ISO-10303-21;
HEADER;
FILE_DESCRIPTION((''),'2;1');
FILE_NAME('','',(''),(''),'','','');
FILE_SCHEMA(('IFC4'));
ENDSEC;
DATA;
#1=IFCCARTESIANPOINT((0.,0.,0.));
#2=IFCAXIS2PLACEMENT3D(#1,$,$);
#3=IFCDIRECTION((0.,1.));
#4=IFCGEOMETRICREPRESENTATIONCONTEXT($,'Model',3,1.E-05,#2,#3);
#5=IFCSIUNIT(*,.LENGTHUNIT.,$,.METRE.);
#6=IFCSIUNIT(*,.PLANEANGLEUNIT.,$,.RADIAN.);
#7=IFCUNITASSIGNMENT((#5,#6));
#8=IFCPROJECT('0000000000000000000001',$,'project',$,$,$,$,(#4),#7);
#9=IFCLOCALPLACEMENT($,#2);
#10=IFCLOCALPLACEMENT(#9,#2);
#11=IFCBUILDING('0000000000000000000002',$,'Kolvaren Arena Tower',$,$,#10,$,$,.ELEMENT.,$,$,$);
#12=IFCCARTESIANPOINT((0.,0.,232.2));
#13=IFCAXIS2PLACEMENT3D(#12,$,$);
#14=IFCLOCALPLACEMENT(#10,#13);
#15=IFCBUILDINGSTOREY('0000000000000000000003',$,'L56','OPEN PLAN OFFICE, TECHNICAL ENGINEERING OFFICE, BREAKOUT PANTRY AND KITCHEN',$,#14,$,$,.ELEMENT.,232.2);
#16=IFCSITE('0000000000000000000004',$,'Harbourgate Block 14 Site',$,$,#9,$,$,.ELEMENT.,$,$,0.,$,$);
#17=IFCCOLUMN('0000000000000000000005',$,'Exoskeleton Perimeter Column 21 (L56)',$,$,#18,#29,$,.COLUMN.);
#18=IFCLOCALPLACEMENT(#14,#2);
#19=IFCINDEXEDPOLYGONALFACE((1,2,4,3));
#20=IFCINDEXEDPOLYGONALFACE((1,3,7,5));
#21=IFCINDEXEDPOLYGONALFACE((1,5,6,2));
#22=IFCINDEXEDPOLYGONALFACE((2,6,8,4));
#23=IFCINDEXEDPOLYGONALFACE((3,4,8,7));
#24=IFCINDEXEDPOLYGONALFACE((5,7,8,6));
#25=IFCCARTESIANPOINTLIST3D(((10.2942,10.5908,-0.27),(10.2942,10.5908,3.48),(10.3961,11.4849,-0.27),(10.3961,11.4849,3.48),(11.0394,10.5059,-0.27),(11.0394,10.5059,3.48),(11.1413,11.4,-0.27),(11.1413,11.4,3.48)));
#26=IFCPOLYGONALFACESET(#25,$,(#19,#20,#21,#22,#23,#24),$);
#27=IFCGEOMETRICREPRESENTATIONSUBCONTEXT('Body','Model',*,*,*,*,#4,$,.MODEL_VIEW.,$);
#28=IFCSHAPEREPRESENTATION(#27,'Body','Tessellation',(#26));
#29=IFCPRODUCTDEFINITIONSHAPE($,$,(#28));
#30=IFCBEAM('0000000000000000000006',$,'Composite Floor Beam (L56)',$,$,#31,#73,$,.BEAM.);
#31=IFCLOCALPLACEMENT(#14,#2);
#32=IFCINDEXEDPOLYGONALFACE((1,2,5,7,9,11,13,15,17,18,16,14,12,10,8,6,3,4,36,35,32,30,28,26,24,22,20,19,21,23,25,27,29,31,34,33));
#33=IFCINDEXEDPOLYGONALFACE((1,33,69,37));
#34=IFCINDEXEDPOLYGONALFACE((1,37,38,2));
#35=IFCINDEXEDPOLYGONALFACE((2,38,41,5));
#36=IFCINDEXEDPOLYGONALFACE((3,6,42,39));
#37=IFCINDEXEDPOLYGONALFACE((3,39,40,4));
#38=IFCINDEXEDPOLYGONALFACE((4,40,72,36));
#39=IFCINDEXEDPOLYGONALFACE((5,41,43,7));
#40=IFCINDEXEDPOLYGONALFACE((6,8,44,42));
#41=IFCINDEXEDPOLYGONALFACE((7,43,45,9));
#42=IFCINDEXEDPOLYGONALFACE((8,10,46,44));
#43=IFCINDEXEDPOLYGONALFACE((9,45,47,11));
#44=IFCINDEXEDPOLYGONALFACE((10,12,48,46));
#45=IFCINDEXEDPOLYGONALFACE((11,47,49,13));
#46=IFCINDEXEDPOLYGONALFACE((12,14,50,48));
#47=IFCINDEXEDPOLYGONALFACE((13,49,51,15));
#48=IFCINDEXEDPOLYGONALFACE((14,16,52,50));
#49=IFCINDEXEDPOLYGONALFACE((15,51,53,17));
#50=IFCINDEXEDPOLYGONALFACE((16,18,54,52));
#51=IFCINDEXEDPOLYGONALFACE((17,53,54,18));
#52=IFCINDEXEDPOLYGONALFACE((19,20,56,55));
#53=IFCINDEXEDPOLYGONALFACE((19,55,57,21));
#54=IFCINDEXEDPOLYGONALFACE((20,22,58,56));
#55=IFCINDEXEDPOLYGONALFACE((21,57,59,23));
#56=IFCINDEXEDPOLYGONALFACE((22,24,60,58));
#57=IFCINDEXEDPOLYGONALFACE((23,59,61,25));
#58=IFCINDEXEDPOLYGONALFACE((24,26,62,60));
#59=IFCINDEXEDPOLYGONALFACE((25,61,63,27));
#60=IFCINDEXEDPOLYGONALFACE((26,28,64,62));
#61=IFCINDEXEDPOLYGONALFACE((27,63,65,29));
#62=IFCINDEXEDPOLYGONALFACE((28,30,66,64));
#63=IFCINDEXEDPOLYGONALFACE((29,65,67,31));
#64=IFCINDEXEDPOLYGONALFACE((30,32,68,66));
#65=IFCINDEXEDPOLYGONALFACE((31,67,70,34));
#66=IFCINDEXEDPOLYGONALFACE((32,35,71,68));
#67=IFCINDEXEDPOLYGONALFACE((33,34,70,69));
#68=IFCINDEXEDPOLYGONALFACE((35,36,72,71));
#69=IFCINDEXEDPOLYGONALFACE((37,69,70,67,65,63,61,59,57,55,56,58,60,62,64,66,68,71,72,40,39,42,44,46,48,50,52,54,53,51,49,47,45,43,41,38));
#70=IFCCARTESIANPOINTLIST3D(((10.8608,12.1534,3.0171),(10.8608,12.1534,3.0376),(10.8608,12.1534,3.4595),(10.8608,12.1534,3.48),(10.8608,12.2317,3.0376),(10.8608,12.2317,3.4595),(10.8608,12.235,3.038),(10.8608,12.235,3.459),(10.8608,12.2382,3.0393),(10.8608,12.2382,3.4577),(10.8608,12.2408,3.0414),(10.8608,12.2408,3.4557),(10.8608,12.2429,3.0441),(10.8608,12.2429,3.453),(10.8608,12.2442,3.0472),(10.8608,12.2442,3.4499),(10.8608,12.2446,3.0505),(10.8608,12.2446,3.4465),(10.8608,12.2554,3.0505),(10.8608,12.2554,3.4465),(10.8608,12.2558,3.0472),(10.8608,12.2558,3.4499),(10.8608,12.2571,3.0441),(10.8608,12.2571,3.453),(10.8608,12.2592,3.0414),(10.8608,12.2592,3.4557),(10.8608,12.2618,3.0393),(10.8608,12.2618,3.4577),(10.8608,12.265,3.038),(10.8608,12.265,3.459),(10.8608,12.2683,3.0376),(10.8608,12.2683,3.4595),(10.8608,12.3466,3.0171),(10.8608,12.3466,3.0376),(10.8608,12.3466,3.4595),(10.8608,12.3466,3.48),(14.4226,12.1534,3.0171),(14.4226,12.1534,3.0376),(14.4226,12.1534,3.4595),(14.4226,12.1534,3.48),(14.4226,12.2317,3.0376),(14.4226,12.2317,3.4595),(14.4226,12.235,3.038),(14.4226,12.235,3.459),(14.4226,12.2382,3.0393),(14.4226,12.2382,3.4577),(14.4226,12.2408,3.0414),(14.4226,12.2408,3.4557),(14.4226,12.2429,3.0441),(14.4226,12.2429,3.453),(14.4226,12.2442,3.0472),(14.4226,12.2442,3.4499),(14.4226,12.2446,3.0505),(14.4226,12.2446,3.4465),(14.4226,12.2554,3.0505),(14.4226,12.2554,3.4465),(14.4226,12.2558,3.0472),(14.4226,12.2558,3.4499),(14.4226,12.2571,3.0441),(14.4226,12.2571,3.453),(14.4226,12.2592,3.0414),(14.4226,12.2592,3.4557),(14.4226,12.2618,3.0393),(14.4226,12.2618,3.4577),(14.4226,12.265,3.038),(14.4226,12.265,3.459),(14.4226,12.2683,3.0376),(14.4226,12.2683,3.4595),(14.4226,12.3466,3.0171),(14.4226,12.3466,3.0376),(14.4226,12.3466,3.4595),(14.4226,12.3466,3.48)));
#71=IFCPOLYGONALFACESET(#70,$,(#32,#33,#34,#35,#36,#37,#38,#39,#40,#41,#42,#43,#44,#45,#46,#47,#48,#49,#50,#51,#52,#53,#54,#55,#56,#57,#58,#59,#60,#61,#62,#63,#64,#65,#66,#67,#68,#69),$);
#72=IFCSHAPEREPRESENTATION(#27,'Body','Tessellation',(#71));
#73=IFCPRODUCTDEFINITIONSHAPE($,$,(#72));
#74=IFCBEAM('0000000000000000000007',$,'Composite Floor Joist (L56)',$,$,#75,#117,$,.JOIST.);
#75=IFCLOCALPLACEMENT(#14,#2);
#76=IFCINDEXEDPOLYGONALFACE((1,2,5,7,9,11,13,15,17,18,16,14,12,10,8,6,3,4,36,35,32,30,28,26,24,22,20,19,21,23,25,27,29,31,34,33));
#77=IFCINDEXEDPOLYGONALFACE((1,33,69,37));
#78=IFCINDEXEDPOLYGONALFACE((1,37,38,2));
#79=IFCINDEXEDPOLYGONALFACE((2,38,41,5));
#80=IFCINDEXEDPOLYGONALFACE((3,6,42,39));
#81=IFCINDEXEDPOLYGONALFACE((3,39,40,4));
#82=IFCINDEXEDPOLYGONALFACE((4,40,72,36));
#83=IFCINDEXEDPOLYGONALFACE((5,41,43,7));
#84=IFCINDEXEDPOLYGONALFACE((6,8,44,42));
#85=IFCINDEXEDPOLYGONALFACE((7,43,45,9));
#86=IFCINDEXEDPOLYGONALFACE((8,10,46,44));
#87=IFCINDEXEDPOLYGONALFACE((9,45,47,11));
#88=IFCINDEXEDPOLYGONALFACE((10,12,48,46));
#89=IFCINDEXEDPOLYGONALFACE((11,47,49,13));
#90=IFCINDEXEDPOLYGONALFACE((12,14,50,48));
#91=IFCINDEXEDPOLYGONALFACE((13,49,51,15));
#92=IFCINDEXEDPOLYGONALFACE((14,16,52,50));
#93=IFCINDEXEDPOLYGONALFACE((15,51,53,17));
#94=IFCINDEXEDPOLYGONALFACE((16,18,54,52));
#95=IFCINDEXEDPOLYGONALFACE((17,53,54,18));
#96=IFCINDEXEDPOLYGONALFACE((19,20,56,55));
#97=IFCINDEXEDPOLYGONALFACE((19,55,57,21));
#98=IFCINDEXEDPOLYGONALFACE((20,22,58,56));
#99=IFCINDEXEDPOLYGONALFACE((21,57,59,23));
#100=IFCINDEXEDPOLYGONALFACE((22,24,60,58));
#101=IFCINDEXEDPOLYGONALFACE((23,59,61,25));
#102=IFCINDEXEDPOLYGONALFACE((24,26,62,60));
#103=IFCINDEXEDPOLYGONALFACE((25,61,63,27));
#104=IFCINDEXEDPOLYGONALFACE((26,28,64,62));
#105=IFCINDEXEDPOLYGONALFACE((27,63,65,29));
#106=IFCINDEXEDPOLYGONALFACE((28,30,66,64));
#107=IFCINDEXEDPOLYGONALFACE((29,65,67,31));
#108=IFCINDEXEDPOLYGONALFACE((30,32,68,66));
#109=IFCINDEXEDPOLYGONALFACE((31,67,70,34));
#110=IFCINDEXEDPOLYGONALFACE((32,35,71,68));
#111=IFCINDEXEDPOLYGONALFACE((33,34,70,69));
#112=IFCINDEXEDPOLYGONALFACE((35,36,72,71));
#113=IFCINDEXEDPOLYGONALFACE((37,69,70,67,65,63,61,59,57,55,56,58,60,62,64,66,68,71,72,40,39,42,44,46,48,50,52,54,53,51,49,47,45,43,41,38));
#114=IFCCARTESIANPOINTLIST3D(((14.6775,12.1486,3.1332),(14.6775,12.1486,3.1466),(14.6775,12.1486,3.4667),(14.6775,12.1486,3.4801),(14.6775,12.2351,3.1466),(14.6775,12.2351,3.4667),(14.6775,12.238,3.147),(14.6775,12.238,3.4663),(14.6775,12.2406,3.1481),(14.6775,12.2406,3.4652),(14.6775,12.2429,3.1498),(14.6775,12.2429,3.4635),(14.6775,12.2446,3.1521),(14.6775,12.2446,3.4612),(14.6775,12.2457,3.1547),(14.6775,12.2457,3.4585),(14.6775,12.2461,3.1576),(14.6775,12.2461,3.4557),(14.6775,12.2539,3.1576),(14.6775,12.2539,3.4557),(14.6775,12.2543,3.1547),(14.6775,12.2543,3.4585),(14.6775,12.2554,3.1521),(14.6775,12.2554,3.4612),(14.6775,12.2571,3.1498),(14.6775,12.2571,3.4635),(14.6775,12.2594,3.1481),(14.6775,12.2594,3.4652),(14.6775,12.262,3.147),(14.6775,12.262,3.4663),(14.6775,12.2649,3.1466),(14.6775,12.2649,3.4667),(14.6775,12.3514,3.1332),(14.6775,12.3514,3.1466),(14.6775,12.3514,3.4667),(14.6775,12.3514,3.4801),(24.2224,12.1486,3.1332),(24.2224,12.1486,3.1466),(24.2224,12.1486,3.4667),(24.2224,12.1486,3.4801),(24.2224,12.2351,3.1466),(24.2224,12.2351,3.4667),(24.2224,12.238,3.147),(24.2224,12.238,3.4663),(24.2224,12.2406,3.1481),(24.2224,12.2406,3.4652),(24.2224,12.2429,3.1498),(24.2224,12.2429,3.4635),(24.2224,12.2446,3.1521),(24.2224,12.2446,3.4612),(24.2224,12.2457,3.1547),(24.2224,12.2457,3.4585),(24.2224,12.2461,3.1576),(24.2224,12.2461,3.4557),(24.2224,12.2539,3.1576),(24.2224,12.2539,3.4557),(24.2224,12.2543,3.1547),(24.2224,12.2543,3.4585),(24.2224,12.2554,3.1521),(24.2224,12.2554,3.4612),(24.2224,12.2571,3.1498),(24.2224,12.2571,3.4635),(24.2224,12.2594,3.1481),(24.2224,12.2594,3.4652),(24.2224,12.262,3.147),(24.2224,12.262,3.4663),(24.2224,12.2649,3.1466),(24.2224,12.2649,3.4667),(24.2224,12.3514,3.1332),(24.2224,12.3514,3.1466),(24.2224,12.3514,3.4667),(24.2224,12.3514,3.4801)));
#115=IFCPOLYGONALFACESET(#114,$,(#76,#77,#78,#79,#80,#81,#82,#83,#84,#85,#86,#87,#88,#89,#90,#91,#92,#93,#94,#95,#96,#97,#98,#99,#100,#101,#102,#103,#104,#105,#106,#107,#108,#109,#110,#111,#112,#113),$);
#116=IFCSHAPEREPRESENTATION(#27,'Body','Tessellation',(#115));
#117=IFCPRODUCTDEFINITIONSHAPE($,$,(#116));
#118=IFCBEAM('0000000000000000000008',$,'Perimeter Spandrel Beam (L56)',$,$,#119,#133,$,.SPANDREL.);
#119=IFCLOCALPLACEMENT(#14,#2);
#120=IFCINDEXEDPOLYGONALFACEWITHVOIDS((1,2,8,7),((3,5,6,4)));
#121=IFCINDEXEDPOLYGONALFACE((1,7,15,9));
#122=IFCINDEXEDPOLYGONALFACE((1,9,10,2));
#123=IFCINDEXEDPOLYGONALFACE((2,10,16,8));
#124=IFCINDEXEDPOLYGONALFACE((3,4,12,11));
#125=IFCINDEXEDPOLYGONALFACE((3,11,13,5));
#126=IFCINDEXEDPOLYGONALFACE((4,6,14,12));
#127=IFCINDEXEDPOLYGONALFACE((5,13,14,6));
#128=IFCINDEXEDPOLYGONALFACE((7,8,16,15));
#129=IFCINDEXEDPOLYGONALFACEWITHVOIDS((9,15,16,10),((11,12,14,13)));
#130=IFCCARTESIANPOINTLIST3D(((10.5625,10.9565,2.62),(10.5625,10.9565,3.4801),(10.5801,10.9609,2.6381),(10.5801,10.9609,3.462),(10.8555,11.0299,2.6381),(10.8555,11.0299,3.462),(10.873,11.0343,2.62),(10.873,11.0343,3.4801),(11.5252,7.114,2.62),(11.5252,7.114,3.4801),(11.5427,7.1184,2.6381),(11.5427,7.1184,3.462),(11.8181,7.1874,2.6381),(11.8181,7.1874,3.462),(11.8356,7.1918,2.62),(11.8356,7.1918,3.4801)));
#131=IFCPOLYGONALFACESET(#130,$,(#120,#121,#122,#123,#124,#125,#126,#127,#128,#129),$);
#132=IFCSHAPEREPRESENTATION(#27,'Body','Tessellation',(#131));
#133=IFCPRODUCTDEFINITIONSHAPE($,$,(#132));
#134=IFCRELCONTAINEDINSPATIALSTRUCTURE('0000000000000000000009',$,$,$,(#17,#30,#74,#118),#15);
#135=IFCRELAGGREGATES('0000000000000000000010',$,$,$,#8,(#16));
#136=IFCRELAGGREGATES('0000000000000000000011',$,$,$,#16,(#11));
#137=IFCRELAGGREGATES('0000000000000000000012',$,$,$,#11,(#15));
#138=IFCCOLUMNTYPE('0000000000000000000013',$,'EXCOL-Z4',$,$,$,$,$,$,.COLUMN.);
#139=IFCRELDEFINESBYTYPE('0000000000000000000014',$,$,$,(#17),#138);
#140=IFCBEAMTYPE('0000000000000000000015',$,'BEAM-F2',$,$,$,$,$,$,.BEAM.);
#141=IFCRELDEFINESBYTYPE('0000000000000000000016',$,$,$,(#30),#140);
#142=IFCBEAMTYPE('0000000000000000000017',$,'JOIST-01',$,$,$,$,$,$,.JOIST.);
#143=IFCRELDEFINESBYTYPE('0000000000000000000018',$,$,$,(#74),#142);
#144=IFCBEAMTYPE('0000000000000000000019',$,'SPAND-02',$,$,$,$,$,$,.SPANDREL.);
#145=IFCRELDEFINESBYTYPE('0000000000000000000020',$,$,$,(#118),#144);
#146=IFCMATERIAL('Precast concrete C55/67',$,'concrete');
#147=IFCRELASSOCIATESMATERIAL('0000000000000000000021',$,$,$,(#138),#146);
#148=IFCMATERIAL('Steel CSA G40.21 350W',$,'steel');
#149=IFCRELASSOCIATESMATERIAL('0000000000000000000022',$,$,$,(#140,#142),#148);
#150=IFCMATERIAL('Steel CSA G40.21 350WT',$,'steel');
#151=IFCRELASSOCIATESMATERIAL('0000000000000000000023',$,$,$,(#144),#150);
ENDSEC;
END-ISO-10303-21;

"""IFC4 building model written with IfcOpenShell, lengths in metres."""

from ifc_helpers import new_model, si_unit, direction, frame, origin, origin_2d, place, context, subcontext, project, spatial, rectangle, hollow_rectangle, i_section, extrude, material, material_profile, profile_set, type_object, element, save


model = new_model("IFC4")

# Units and contexts
model_context = context("Model", 3, precision=1e-05, world=origin(), true_north=direction((0.0, 1.0)))
body_context = subcontext(model_context, "Body", "Model", "MODEL_VIEW")
ifc_project = project(units=[si_unit("LENGTHUNIT", "METRE"), si_unit("PLANEANGLEUNIT", "RADIAN")], contexts=[model_context])

# Site, building, storey
site_placement = place(None, origin())
site = spatial("IfcSite", under=ifc_project, at=site_placement, Name="Harbourgate Block 14 Site", CompositionType="ELEMENT", RefElevation=0.0)
building_placement = place(site_placement, origin())
building = spatial("IfcBuilding", under=site, at=building_placement, Name="Kolvaren Arena Tower", CompositionType="ELEMENT")
storey_placement = place(building_placement, frame((0.0, 0.0, 232.2)))
storey = spatial("IfcBuildingStorey", under=building, at=storey_placement, Name="L56", Description="OPEN PLAN OFFICE, TECHNICAL ENGINEERING OFFICE, BREAKOUT PANTRY AND KITCHEN", CompositionType="ELEMENT", Elevation=232.2)

# Column
ifc_material_1 = material(Name="Precast concrete C55/67", Category="concrete")
ifc_material_profile_1 = material_profile(ifc_material_1, rectangle(XDim=0.8999, YDim=0.75, at=origin_2d()), Name="RC-900x750")
ifc_profile_set_1 = profile_set([ifc_material_profile_1], Name="Precast concrete C55/67")
column_type = type_object("IfcColumnType", Name="EXCOL-Z4", PredefinedType="COLUMN", material=ifc_profile_set_1)
column_placement = place(storey_placement, frame((10.7178, 10.9954, -0.27), z_axis=(0.0, 0.0, 1.0), x_axis=(0.113203, 0.993572, 0.0)))
element("IfcColumn", 1, at=column_placement, inside=storey, type_object=column_type, Name="Exoskeleton Perimeter Column 21 (L56)", PredefinedType="COLUMN", context=body_context, shape_type="SweptSolid", body=[
    extrude(rectangle(XDim=0.8999, YDim=0.75, at=origin_2d()), origin(), (0.0, 0.0, 1.0), 3.75),
])

# Beams
ifc_material_2 = material(Name="Steel CSA G40.21 350W", Category="steel")
ifc_material_profile_2 = material_profile(ifc_material_2, i_section(OverallWidth=0.1931, OverallDepth=0.4629, WebThickness=0.0107, FlangeThickness=0.0205, FilletRadius=0.0129, at=origin_2d()), Name="W460x113")
ifc_profile_set_2 = profile_set([ifc_material_profile_2], Name="Steel CSA G40.21 350W")
beam_type_1 = type_object("IfcBeamType", Name="BEAM-F2", PredefinedType="BEAM", material=ifc_profile_set_2)
beam_1_placement = place(storey_placement, frame((10.8608, 12.25, 3.2485), z_axis=(1.0, 0.0, 0.0), x_axis=(0.0, 1.0, 0.0)))
element("IfcBeam", 2, at=beam_1_placement, inside=storey, type_object=beam_type_1, Name="Composite Floor Beam (L56)", PredefinedType="BEAM", context=body_context, shape_type="SweptSolid", body=[
    extrude(i_section(OverallWidth=0.1931, OverallDepth=0.4629, WebThickness=0.0107, FlangeThickness=0.0205, FilletRadius=0.0129, at=origin_2d()), origin(), (0.0, 0.0, 1.0), 3.5618),
])
ifc_material_profile_3 = material_profile(ifc_material_2, i_section(OverallWidth=0.2029, OverallDepth=0.3469, WebThickness=0.0078, FlangeThickness=0.0134, FilletRadius=0.011, at=origin_2d()), Name="W360x64")
ifc_profile_set_3 = profile_set([ifc_material_profile_3], Name="Steel CSA G40.21 350W")
beam_type_2 = type_object("IfcBeamType", Name="JOIST-01", PredefinedType="JOIST", material=ifc_profile_set_3)
beam_2_placement = place(storey_placement, frame((14.6775, 12.25, 3.3066), z_axis=(1.0, 0.0, 0.0), x_axis=(0.0, 1.0, 0.0)))
element("IfcBeam", 3, at=beam_2_placement, inside=storey, type_object=beam_type_2, Name="Composite Floor Joist (L56)", PredefinedType="JOIST", context=body_context, shape_type="SweptSolid", body=[
    extrude(i_section(OverallWidth=0.2029, OverallDepth=0.3469, WebThickness=0.0078, FlangeThickness=0.0134, FilletRadius=0.011, at=origin_2d()), origin(), (0.0, 0.0, 1.0), 9.5449),
])
ifc_material_3 = material(Name="Steel CSA G40.21 350WT", Category="steel")
ifc_material_profile_4 = material_profile(ifc_material_3, hollow_rectangle(XDim=0.3201, YDim=0.8601, WallThickness=0.0181, at=origin_2d()), Name="HSS 860x320x18")
ifc_profile_set_4 = profile_set([ifc_material_profile_4], Name="Steel CSA G40.21 350WT")
beam_type_3 = type_object("IfcBeamType", Name="SPAND-02", PredefinedType="SPANDREL", material=ifc_profile_set_4)
beam_3_placement = place(storey_placement, frame((10.7178, 10.9954, 3.05), z_axis=(0.243014, -0.970023, 0.0), x_axis=(0.970023, 0.243014, 0.0)))
element("IfcBeam", 4, at=beam_3_placement, inside=storey, type_object=beam_type_3, Name="Perimeter Spandrel Beam (L56)", PredefinedType="SPANDREL", context=body_context, shape_type="SweptSolid", body=[
    extrude(hollow_rectangle(XDim=0.3201, YDim=0.8601, WallThickness=0.0181, at=origin_2d()), origin(), (0.0, 0.0, 1.0), 3.9612),
])

save(model, "model.ifc")
